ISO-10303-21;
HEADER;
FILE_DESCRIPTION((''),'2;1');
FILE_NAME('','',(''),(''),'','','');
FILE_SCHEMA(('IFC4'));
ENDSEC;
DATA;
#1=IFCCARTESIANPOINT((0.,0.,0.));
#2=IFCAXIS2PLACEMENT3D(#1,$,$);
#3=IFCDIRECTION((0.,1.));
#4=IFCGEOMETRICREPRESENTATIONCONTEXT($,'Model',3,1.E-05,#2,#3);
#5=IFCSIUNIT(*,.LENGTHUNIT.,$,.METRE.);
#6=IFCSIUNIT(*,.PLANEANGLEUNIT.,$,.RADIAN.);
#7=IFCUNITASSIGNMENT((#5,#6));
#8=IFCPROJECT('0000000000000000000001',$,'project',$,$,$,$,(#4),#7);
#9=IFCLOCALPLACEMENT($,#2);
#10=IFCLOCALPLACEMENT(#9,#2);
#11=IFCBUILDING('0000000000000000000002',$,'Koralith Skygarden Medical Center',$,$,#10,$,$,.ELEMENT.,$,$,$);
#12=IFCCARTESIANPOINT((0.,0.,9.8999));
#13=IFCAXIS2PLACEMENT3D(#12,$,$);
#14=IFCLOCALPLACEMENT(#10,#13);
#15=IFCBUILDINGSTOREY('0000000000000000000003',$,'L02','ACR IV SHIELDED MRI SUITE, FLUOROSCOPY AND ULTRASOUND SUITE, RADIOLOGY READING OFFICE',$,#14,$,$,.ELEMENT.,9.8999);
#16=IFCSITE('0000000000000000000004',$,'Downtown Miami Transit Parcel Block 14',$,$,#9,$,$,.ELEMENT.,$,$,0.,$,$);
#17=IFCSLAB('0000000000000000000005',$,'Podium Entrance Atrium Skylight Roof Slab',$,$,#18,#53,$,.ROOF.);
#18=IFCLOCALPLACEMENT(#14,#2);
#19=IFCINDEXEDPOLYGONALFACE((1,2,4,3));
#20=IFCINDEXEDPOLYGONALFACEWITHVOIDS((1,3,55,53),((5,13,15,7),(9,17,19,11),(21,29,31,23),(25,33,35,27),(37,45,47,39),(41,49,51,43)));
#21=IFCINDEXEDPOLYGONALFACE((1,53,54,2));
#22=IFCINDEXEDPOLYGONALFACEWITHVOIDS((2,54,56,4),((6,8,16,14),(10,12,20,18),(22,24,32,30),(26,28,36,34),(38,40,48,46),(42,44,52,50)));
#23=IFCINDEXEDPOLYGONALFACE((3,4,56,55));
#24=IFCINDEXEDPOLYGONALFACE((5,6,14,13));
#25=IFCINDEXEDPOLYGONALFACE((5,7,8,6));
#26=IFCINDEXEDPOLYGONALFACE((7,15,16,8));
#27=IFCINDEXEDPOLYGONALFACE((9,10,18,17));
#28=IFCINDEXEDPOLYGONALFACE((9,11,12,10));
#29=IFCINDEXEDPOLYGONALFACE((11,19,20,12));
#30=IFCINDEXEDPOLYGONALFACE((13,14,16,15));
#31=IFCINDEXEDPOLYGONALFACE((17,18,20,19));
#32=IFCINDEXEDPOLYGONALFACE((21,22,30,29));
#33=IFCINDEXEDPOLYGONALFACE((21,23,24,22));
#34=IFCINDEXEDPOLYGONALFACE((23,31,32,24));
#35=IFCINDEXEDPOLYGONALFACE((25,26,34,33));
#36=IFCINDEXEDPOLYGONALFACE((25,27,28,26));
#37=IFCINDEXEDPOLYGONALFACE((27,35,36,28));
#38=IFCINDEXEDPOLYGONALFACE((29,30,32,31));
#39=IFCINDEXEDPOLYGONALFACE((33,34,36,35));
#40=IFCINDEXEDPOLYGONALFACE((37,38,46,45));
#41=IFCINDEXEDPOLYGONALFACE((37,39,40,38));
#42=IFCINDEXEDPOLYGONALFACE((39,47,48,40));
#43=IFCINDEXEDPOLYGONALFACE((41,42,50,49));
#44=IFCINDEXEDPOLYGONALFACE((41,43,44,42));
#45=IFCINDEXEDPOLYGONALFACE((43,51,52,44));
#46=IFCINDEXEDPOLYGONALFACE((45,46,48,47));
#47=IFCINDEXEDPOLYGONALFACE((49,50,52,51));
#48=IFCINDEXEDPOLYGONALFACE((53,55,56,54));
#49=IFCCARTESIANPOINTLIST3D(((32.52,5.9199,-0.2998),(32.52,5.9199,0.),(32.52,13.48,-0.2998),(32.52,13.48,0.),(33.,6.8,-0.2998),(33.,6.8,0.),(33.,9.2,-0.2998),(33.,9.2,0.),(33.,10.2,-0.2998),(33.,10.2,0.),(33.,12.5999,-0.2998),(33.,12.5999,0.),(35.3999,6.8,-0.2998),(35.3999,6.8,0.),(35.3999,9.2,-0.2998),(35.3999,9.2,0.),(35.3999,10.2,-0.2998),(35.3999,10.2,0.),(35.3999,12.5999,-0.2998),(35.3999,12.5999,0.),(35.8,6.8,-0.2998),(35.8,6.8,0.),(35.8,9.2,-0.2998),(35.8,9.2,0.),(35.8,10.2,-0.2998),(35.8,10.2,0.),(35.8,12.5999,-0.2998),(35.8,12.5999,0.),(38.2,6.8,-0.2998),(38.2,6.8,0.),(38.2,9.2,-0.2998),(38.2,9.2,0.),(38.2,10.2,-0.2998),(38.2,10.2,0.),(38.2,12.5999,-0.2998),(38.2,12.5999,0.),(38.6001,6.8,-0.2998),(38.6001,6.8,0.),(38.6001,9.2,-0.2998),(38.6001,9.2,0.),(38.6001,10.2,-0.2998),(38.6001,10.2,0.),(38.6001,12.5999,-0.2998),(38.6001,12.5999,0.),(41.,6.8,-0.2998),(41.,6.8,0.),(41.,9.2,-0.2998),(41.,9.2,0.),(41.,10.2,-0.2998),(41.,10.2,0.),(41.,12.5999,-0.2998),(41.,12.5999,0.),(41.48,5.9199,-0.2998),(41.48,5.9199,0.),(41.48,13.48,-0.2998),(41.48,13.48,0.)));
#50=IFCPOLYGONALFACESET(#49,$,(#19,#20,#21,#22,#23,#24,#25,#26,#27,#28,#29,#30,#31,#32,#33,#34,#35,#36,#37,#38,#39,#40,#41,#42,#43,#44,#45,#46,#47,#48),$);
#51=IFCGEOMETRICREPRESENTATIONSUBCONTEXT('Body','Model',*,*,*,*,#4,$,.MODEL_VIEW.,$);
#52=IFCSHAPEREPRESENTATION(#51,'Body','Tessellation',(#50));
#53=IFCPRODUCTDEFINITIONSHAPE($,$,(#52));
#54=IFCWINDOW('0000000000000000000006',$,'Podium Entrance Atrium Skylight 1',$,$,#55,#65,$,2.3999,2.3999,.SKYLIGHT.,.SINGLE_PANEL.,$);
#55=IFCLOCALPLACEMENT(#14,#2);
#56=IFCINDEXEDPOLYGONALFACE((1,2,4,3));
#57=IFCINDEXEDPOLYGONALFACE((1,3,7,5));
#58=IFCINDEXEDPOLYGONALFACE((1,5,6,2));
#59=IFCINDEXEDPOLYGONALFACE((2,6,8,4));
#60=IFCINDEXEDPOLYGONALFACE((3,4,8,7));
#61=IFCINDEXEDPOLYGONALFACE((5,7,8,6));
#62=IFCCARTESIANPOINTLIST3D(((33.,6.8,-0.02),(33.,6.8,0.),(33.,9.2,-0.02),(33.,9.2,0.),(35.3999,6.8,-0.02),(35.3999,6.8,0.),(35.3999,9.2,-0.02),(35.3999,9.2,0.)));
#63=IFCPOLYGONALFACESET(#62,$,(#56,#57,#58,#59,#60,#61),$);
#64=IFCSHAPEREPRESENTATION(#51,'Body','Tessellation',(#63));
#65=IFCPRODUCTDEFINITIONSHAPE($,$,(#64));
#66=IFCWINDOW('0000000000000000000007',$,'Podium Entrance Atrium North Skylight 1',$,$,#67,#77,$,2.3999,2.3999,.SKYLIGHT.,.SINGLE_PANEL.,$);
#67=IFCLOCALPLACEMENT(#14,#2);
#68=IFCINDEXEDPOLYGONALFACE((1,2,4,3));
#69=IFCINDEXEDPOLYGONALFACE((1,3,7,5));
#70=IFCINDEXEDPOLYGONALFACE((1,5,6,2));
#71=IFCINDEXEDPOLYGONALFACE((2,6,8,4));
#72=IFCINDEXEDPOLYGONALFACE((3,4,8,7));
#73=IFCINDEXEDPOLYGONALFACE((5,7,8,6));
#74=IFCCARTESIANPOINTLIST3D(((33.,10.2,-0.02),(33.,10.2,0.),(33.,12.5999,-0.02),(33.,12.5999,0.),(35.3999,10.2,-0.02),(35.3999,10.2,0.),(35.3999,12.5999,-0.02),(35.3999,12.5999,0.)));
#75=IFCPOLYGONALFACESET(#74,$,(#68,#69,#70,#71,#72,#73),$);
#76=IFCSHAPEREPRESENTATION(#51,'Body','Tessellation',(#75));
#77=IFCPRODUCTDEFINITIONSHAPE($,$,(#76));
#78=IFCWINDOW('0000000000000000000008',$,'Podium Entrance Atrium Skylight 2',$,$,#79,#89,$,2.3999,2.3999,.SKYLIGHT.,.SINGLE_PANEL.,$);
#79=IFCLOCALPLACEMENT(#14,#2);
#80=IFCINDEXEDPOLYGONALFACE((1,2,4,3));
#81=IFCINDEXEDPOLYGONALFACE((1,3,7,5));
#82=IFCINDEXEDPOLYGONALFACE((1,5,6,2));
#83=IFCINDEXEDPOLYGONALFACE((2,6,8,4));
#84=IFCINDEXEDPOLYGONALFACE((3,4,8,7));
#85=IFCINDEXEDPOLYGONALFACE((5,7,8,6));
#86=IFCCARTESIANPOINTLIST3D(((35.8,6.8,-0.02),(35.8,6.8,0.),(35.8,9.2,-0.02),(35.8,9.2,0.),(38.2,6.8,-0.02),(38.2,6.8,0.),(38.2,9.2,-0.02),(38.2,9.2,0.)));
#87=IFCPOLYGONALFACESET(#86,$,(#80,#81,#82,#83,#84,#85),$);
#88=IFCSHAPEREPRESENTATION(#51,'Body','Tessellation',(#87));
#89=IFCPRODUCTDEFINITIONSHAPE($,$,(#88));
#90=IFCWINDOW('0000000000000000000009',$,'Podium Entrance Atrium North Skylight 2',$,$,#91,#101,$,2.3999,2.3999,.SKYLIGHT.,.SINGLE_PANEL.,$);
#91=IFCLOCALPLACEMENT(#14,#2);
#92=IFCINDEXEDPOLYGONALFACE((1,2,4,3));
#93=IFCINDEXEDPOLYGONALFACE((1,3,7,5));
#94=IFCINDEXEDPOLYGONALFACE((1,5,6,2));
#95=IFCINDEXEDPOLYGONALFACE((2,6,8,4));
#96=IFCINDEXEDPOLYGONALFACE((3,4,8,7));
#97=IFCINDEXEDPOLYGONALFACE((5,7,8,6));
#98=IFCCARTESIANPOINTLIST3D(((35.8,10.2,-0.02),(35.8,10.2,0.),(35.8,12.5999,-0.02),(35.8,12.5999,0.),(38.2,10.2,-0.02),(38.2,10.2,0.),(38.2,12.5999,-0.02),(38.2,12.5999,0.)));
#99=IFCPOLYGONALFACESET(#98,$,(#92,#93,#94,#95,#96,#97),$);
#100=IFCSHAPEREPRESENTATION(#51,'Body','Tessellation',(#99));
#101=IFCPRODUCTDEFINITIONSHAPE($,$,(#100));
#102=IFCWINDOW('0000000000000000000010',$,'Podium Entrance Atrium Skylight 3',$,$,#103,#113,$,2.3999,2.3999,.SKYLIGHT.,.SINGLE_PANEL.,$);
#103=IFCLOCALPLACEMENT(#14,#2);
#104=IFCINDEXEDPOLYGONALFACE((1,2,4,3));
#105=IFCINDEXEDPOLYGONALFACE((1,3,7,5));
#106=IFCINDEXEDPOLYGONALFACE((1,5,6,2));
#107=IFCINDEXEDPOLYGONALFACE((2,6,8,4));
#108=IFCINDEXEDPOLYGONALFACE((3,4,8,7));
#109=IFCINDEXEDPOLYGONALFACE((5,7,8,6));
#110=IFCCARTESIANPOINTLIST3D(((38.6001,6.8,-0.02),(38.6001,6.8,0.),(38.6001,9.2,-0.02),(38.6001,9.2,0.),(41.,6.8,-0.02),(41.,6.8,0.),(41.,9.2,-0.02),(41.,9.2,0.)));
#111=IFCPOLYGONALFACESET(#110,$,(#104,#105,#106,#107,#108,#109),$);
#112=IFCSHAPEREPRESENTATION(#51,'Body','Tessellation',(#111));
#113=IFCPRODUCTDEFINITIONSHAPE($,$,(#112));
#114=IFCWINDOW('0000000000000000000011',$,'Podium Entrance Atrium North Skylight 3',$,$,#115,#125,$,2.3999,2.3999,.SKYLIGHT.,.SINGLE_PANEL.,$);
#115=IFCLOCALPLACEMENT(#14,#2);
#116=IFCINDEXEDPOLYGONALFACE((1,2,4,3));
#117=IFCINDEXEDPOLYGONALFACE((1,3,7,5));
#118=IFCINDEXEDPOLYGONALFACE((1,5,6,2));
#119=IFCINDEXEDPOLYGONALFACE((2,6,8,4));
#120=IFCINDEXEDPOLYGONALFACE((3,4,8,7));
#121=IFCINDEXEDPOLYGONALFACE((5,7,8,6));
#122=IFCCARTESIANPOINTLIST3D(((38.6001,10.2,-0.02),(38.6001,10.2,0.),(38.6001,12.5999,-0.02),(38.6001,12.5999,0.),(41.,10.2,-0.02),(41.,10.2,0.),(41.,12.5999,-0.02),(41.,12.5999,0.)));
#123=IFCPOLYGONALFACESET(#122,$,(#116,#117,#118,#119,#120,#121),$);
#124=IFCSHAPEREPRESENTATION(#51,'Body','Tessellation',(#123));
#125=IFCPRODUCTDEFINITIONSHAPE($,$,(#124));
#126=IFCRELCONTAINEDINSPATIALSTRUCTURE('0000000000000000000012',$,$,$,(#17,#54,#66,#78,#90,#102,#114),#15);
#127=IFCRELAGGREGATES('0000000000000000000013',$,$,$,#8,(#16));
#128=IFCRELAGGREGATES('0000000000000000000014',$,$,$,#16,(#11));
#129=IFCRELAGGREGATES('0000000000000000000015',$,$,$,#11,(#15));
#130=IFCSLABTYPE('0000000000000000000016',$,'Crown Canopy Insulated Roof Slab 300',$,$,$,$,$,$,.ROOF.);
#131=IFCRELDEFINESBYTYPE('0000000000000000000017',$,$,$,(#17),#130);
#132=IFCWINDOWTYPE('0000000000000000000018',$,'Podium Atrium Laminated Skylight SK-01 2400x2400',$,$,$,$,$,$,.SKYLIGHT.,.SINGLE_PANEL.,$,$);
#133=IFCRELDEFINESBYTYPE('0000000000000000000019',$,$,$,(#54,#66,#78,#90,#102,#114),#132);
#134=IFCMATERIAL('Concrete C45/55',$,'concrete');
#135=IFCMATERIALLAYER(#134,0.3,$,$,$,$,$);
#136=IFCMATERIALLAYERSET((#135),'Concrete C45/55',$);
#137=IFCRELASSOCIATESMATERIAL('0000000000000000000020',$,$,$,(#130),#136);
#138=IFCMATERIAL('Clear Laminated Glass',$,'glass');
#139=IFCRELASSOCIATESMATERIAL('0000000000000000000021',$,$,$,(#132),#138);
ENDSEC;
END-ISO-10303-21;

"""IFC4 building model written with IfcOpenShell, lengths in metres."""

from ifc_helpers import new_model, si_unit, direction, frame, origin, origin_2d, place, context, subcontext, project, spatial, polyline, rectangle, outline, extrude, material, layer, layer_set, type_object, element, fill, save


model = new_model("IFC4")

# Units and contexts
model_context = context("Model", 3, precision=1e-05, world=origin(), true_north=direction((0.0, 1.0)))
body_context = subcontext(model_context, "Body", "Model", "MODEL_VIEW")
ifc_project = project(units=[si_unit("LENGTHUNIT", "METRE"), si_unit("PLANEANGLEUNIT", "RADIAN")], contexts=[model_context])

# Site, building, storey
site_placement = place(None, origin())
site = spatial("IfcSite", under=ifc_project, at=site_placement, Name="Downtown Miami Transit Parcel Block 14", CompositionType="ELEMENT", RefElevation=0.0)
building_placement = place(site_placement, origin())
building = spatial("IfcBuilding", under=site, at=building_placement, Name="Koralith Skygarden Medical Center", CompositionType="ELEMENT")
storey_placement = place(building_placement, frame((0.0, 0.0, 9.8999)))
storey = spatial("IfcBuildingStorey", under=building, at=storey_placement, Name="L02", Description="ACR IV SHIELDED MRI SUITE, FLUOROSCOPY AND ULTRASOUND SUITE, RADIOLOGY READING OFFICE", CompositionType="ELEMENT", Elevation=9.8999)

# Shared definitions
ifc_material_1 = material(Name="Clear Laminated Glass", Category="glass")

# Shared definitions
ifc_material_2 = material(Name="Concrete C45/55", Category="concrete")

# Slab, openings, windows
ifc_layer_1 = layer(ifc_material_2, 0.3)
ifc_layer_set_1 = layer_set([ifc_layer_1], Name="Concrete C45/55")
slab_type_1 = type_object("IfcSlabType", Name="Crown Canopy Insulated Roof Slab 300", PredefinedType="ROOF", material=ifc_layer_set_1)
slab_1_placement = place(storey_placement, frame((0.0, 0.0, -0.2998)))
slab_1 = element("IfcSlab", 1, at=slab_1_placement, inside=storey, type_object=slab_type_1, Name="Podium Entrance Atrium Skylight Roof Slab", PredefinedType="ROOF", context=body_context, shape_type="SweptSolid", body=[
    extrude(outline(polyline([(32.52, 5.9199), (41.48, 5.9199), (41.48, 13.48), (32.52, 13.48), (32.52, 5.9199)])), origin(), (0.0, 0.0, 1.0), 0.2998),
])
opening_1_placement = place(slab_1_placement, frame((34.2, 8.0, -0.01)))
opening_1 = element("IfcOpeningElement", 2, at=opening_1_placement, cuts=slab_1, PredefinedType="OPENING", context=body_context, shape_type="SweptSolid", body=[
    extrude(rectangle(XDim=2.3999, YDim=2.3999, at=origin_2d()), origin(), (0.0, 0.0, 1.0), 0.3198),
])
opening_2_placement = place(slab_1_placement, frame((34.2, 11.3999, -0.01)))
opening_2 = element("IfcOpeningElement", 3, at=opening_2_placement, cuts=slab_1, PredefinedType="OPENING", context=body_context, shape_type="SweptSolid", body=[
    extrude(rectangle(XDim=2.3999, YDim=2.3999, at=origin_2d()), origin(), (0.0, 0.0, 1.0), 0.3198),
])
opening_3_placement = place(slab_1_placement, frame((37.0, 8.0, -0.01)))
opening_3 = element("IfcOpeningElement", 4, at=opening_3_placement, cuts=slab_1, PredefinedType="OPENING", context=body_context, shape_type="SweptSolid", body=[
    extrude(rectangle(XDim=2.3999, YDim=2.3999, at=origin_2d()), origin(), (0.0, 0.0, 1.0), 0.3198),
])
opening_4_placement = place(slab_1_placement, frame((37.0, 11.3999, -0.01)))
opening_4 = element("IfcOpeningElement", 5, at=opening_4_placement, cuts=slab_1, PredefinedType="OPENING", context=body_context, shape_type="SweptSolid", body=[
    extrude(rectangle(XDim=2.3999, YDim=2.3999, at=origin_2d()), origin(), (0.0, 0.0, 1.0), 0.3198),
])
opening_5_placement = place(slab_1_placement, frame((39.8, 8.0, -0.01)))
opening_5 = element("IfcOpeningElement", 6, at=opening_5_placement, cuts=slab_1, PredefinedType="OPENING", context=body_context, shape_type="SweptSolid", body=[
    extrude(rectangle(XDim=2.3999, YDim=2.3999, at=origin_2d()), origin(), (0.0, 0.0, 1.0), 0.3198),
])
opening_6_placement = place(slab_1_placement, frame((39.8, 11.3999, -0.01)))
opening_6 = element("IfcOpeningElement", 7, at=opening_6_placement, cuts=slab_1, PredefinedType="OPENING", context=body_context, shape_type="SweptSolid", body=[
    extrude(rectangle(XDim=2.3999, YDim=2.3999, at=origin_2d()), origin(), (0.0, 0.0, 1.0), 0.3198),
])
window_type = type_object("IfcWindowType", Name="Podium Atrium Laminated Skylight SK-01 2400x2400", PartitioningType="SINGLE_PANEL", PredefinedType="SKYLIGHT", material=ifc_material_1)
window_1_placement = place(opening_1_placement, frame((0.0, 0.0, 0.2898)))
window_1 = element("IfcWindow", 8, at=window_1_placement, inside=storey, type_object=window_type, Name="Podium Entrance Atrium Skylight 1", OverallHeight=2.3999, OverallWidth=2.3999, PartitioningType="SINGLE_PANEL", PredefinedType="SKYLIGHT", context=body_context, shape_type="SweptSolid", body=[
    extrude(rectangle(XDim=2.3999, YDim=2.3999, at=origin_2d()), origin(), (0.0, 0.0, 1.0), 0.02),
])
fill(opening_1, window_1)
window_2_placement = place(opening_2_placement, frame((0.0, 0.0, 0.2898)))
window_2 = element("IfcWindow", 9, at=window_2_placement, inside=storey, type_object=window_type, Name="Podium Entrance Atrium North Skylight 1", OverallHeight=2.3999, OverallWidth=2.3999, PartitioningType="SINGLE_PANEL", PredefinedType="SKYLIGHT", context=body_context, shape_type="SweptSolid", body=[
    extrude(rectangle(XDim=2.3999, YDim=2.3999, at=origin_2d()), origin(), (0.0, 0.0, 1.0), 0.02),
])
fill(opening_2, window_2)
window_3_placement = place(opening_3_placement, frame((0.0, 0.0, 0.2898)))
window_3 = element("IfcWindow", 10, at=window_3_placement, inside=storey, type_object=window_type, Name="Podium Entrance Atrium Skylight 2", OverallHeight=2.3999, OverallWidth=2.3999, PartitioningType="SINGLE_PANEL", PredefinedType="SKYLIGHT", context=body_context, shape_type="SweptSolid", body=[
    extrude(rectangle(XDim=2.3999, YDim=2.3999, at=origin_2d()), origin(), (0.0, 0.0, 1.0), 0.02),
])
fill(opening_3, window_3)
window_4_placement = place(opening_4_placement, frame((0.0, 0.0, 0.2898)))
window_4 = element("IfcWindow", 11, at=window_4_placement, inside=storey, type_object=window_type, Name="Podium Entrance Atrium North Skylight 2", OverallHeight=2.3999, OverallWidth=2.3999, PartitioningType="SINGLE_PANEL", PredefinedType="SKYLIGHT", context=body_context, shape_type="SweptSolid", body=[
    extrude(rectangle(XDim=2.3999, YDim=2.3999, at=origin_2d()), origin(), (0.0, 0.0, 1.0), 0.02),
])
fill(opening_4, window_4)
window_5_placement = place(opening_5_placement, frame((0.0, 0.0, 0.2898)))
window_5 = element("IfcWindow", 12, at=window_5_placement, inside=storey, type_object=window_type, Name="Podium Entrance Atrium Skylight 3", OverallHeight=2.3999, OverallWidth=2.3999, PartitioningType="SINGLE_PANEL", PredefinedType="SKYLIGHT", context=body_context, shape_type="SweptSolid", body=[
    extrude(rectangle(XDim=2.3999, YDim=2.3999, at=origin_2d()), origin(), (0.0, 0.0, 1.0), 0.02),
])
fill(opening_5, window_5)
window_6_placement = place(opening_6_placement, frame((0.0, 0.0, 0.2898)))
window_6 = element("IfcWindow", 13, at=window_6_placement, inside=storey, type_object=window_type, Name="Podium Entrance Atrium North Skylight 3", OverallHeight=2.3999, OverallWidth=2.3999, PartitioningType="SINGLE_PANEL", PredefinedType="SKYLIGHT", context=body_context, shape_type="SweptSolid", body=[
    extrude(rectangle(XDim=2.3999, YDim=2.3999, at=origin_2d()), origin(), (0.0, 0.0, 1.0), 0.02),
])
fill(opening_6, window_6)

save(model, "model.ifc")
